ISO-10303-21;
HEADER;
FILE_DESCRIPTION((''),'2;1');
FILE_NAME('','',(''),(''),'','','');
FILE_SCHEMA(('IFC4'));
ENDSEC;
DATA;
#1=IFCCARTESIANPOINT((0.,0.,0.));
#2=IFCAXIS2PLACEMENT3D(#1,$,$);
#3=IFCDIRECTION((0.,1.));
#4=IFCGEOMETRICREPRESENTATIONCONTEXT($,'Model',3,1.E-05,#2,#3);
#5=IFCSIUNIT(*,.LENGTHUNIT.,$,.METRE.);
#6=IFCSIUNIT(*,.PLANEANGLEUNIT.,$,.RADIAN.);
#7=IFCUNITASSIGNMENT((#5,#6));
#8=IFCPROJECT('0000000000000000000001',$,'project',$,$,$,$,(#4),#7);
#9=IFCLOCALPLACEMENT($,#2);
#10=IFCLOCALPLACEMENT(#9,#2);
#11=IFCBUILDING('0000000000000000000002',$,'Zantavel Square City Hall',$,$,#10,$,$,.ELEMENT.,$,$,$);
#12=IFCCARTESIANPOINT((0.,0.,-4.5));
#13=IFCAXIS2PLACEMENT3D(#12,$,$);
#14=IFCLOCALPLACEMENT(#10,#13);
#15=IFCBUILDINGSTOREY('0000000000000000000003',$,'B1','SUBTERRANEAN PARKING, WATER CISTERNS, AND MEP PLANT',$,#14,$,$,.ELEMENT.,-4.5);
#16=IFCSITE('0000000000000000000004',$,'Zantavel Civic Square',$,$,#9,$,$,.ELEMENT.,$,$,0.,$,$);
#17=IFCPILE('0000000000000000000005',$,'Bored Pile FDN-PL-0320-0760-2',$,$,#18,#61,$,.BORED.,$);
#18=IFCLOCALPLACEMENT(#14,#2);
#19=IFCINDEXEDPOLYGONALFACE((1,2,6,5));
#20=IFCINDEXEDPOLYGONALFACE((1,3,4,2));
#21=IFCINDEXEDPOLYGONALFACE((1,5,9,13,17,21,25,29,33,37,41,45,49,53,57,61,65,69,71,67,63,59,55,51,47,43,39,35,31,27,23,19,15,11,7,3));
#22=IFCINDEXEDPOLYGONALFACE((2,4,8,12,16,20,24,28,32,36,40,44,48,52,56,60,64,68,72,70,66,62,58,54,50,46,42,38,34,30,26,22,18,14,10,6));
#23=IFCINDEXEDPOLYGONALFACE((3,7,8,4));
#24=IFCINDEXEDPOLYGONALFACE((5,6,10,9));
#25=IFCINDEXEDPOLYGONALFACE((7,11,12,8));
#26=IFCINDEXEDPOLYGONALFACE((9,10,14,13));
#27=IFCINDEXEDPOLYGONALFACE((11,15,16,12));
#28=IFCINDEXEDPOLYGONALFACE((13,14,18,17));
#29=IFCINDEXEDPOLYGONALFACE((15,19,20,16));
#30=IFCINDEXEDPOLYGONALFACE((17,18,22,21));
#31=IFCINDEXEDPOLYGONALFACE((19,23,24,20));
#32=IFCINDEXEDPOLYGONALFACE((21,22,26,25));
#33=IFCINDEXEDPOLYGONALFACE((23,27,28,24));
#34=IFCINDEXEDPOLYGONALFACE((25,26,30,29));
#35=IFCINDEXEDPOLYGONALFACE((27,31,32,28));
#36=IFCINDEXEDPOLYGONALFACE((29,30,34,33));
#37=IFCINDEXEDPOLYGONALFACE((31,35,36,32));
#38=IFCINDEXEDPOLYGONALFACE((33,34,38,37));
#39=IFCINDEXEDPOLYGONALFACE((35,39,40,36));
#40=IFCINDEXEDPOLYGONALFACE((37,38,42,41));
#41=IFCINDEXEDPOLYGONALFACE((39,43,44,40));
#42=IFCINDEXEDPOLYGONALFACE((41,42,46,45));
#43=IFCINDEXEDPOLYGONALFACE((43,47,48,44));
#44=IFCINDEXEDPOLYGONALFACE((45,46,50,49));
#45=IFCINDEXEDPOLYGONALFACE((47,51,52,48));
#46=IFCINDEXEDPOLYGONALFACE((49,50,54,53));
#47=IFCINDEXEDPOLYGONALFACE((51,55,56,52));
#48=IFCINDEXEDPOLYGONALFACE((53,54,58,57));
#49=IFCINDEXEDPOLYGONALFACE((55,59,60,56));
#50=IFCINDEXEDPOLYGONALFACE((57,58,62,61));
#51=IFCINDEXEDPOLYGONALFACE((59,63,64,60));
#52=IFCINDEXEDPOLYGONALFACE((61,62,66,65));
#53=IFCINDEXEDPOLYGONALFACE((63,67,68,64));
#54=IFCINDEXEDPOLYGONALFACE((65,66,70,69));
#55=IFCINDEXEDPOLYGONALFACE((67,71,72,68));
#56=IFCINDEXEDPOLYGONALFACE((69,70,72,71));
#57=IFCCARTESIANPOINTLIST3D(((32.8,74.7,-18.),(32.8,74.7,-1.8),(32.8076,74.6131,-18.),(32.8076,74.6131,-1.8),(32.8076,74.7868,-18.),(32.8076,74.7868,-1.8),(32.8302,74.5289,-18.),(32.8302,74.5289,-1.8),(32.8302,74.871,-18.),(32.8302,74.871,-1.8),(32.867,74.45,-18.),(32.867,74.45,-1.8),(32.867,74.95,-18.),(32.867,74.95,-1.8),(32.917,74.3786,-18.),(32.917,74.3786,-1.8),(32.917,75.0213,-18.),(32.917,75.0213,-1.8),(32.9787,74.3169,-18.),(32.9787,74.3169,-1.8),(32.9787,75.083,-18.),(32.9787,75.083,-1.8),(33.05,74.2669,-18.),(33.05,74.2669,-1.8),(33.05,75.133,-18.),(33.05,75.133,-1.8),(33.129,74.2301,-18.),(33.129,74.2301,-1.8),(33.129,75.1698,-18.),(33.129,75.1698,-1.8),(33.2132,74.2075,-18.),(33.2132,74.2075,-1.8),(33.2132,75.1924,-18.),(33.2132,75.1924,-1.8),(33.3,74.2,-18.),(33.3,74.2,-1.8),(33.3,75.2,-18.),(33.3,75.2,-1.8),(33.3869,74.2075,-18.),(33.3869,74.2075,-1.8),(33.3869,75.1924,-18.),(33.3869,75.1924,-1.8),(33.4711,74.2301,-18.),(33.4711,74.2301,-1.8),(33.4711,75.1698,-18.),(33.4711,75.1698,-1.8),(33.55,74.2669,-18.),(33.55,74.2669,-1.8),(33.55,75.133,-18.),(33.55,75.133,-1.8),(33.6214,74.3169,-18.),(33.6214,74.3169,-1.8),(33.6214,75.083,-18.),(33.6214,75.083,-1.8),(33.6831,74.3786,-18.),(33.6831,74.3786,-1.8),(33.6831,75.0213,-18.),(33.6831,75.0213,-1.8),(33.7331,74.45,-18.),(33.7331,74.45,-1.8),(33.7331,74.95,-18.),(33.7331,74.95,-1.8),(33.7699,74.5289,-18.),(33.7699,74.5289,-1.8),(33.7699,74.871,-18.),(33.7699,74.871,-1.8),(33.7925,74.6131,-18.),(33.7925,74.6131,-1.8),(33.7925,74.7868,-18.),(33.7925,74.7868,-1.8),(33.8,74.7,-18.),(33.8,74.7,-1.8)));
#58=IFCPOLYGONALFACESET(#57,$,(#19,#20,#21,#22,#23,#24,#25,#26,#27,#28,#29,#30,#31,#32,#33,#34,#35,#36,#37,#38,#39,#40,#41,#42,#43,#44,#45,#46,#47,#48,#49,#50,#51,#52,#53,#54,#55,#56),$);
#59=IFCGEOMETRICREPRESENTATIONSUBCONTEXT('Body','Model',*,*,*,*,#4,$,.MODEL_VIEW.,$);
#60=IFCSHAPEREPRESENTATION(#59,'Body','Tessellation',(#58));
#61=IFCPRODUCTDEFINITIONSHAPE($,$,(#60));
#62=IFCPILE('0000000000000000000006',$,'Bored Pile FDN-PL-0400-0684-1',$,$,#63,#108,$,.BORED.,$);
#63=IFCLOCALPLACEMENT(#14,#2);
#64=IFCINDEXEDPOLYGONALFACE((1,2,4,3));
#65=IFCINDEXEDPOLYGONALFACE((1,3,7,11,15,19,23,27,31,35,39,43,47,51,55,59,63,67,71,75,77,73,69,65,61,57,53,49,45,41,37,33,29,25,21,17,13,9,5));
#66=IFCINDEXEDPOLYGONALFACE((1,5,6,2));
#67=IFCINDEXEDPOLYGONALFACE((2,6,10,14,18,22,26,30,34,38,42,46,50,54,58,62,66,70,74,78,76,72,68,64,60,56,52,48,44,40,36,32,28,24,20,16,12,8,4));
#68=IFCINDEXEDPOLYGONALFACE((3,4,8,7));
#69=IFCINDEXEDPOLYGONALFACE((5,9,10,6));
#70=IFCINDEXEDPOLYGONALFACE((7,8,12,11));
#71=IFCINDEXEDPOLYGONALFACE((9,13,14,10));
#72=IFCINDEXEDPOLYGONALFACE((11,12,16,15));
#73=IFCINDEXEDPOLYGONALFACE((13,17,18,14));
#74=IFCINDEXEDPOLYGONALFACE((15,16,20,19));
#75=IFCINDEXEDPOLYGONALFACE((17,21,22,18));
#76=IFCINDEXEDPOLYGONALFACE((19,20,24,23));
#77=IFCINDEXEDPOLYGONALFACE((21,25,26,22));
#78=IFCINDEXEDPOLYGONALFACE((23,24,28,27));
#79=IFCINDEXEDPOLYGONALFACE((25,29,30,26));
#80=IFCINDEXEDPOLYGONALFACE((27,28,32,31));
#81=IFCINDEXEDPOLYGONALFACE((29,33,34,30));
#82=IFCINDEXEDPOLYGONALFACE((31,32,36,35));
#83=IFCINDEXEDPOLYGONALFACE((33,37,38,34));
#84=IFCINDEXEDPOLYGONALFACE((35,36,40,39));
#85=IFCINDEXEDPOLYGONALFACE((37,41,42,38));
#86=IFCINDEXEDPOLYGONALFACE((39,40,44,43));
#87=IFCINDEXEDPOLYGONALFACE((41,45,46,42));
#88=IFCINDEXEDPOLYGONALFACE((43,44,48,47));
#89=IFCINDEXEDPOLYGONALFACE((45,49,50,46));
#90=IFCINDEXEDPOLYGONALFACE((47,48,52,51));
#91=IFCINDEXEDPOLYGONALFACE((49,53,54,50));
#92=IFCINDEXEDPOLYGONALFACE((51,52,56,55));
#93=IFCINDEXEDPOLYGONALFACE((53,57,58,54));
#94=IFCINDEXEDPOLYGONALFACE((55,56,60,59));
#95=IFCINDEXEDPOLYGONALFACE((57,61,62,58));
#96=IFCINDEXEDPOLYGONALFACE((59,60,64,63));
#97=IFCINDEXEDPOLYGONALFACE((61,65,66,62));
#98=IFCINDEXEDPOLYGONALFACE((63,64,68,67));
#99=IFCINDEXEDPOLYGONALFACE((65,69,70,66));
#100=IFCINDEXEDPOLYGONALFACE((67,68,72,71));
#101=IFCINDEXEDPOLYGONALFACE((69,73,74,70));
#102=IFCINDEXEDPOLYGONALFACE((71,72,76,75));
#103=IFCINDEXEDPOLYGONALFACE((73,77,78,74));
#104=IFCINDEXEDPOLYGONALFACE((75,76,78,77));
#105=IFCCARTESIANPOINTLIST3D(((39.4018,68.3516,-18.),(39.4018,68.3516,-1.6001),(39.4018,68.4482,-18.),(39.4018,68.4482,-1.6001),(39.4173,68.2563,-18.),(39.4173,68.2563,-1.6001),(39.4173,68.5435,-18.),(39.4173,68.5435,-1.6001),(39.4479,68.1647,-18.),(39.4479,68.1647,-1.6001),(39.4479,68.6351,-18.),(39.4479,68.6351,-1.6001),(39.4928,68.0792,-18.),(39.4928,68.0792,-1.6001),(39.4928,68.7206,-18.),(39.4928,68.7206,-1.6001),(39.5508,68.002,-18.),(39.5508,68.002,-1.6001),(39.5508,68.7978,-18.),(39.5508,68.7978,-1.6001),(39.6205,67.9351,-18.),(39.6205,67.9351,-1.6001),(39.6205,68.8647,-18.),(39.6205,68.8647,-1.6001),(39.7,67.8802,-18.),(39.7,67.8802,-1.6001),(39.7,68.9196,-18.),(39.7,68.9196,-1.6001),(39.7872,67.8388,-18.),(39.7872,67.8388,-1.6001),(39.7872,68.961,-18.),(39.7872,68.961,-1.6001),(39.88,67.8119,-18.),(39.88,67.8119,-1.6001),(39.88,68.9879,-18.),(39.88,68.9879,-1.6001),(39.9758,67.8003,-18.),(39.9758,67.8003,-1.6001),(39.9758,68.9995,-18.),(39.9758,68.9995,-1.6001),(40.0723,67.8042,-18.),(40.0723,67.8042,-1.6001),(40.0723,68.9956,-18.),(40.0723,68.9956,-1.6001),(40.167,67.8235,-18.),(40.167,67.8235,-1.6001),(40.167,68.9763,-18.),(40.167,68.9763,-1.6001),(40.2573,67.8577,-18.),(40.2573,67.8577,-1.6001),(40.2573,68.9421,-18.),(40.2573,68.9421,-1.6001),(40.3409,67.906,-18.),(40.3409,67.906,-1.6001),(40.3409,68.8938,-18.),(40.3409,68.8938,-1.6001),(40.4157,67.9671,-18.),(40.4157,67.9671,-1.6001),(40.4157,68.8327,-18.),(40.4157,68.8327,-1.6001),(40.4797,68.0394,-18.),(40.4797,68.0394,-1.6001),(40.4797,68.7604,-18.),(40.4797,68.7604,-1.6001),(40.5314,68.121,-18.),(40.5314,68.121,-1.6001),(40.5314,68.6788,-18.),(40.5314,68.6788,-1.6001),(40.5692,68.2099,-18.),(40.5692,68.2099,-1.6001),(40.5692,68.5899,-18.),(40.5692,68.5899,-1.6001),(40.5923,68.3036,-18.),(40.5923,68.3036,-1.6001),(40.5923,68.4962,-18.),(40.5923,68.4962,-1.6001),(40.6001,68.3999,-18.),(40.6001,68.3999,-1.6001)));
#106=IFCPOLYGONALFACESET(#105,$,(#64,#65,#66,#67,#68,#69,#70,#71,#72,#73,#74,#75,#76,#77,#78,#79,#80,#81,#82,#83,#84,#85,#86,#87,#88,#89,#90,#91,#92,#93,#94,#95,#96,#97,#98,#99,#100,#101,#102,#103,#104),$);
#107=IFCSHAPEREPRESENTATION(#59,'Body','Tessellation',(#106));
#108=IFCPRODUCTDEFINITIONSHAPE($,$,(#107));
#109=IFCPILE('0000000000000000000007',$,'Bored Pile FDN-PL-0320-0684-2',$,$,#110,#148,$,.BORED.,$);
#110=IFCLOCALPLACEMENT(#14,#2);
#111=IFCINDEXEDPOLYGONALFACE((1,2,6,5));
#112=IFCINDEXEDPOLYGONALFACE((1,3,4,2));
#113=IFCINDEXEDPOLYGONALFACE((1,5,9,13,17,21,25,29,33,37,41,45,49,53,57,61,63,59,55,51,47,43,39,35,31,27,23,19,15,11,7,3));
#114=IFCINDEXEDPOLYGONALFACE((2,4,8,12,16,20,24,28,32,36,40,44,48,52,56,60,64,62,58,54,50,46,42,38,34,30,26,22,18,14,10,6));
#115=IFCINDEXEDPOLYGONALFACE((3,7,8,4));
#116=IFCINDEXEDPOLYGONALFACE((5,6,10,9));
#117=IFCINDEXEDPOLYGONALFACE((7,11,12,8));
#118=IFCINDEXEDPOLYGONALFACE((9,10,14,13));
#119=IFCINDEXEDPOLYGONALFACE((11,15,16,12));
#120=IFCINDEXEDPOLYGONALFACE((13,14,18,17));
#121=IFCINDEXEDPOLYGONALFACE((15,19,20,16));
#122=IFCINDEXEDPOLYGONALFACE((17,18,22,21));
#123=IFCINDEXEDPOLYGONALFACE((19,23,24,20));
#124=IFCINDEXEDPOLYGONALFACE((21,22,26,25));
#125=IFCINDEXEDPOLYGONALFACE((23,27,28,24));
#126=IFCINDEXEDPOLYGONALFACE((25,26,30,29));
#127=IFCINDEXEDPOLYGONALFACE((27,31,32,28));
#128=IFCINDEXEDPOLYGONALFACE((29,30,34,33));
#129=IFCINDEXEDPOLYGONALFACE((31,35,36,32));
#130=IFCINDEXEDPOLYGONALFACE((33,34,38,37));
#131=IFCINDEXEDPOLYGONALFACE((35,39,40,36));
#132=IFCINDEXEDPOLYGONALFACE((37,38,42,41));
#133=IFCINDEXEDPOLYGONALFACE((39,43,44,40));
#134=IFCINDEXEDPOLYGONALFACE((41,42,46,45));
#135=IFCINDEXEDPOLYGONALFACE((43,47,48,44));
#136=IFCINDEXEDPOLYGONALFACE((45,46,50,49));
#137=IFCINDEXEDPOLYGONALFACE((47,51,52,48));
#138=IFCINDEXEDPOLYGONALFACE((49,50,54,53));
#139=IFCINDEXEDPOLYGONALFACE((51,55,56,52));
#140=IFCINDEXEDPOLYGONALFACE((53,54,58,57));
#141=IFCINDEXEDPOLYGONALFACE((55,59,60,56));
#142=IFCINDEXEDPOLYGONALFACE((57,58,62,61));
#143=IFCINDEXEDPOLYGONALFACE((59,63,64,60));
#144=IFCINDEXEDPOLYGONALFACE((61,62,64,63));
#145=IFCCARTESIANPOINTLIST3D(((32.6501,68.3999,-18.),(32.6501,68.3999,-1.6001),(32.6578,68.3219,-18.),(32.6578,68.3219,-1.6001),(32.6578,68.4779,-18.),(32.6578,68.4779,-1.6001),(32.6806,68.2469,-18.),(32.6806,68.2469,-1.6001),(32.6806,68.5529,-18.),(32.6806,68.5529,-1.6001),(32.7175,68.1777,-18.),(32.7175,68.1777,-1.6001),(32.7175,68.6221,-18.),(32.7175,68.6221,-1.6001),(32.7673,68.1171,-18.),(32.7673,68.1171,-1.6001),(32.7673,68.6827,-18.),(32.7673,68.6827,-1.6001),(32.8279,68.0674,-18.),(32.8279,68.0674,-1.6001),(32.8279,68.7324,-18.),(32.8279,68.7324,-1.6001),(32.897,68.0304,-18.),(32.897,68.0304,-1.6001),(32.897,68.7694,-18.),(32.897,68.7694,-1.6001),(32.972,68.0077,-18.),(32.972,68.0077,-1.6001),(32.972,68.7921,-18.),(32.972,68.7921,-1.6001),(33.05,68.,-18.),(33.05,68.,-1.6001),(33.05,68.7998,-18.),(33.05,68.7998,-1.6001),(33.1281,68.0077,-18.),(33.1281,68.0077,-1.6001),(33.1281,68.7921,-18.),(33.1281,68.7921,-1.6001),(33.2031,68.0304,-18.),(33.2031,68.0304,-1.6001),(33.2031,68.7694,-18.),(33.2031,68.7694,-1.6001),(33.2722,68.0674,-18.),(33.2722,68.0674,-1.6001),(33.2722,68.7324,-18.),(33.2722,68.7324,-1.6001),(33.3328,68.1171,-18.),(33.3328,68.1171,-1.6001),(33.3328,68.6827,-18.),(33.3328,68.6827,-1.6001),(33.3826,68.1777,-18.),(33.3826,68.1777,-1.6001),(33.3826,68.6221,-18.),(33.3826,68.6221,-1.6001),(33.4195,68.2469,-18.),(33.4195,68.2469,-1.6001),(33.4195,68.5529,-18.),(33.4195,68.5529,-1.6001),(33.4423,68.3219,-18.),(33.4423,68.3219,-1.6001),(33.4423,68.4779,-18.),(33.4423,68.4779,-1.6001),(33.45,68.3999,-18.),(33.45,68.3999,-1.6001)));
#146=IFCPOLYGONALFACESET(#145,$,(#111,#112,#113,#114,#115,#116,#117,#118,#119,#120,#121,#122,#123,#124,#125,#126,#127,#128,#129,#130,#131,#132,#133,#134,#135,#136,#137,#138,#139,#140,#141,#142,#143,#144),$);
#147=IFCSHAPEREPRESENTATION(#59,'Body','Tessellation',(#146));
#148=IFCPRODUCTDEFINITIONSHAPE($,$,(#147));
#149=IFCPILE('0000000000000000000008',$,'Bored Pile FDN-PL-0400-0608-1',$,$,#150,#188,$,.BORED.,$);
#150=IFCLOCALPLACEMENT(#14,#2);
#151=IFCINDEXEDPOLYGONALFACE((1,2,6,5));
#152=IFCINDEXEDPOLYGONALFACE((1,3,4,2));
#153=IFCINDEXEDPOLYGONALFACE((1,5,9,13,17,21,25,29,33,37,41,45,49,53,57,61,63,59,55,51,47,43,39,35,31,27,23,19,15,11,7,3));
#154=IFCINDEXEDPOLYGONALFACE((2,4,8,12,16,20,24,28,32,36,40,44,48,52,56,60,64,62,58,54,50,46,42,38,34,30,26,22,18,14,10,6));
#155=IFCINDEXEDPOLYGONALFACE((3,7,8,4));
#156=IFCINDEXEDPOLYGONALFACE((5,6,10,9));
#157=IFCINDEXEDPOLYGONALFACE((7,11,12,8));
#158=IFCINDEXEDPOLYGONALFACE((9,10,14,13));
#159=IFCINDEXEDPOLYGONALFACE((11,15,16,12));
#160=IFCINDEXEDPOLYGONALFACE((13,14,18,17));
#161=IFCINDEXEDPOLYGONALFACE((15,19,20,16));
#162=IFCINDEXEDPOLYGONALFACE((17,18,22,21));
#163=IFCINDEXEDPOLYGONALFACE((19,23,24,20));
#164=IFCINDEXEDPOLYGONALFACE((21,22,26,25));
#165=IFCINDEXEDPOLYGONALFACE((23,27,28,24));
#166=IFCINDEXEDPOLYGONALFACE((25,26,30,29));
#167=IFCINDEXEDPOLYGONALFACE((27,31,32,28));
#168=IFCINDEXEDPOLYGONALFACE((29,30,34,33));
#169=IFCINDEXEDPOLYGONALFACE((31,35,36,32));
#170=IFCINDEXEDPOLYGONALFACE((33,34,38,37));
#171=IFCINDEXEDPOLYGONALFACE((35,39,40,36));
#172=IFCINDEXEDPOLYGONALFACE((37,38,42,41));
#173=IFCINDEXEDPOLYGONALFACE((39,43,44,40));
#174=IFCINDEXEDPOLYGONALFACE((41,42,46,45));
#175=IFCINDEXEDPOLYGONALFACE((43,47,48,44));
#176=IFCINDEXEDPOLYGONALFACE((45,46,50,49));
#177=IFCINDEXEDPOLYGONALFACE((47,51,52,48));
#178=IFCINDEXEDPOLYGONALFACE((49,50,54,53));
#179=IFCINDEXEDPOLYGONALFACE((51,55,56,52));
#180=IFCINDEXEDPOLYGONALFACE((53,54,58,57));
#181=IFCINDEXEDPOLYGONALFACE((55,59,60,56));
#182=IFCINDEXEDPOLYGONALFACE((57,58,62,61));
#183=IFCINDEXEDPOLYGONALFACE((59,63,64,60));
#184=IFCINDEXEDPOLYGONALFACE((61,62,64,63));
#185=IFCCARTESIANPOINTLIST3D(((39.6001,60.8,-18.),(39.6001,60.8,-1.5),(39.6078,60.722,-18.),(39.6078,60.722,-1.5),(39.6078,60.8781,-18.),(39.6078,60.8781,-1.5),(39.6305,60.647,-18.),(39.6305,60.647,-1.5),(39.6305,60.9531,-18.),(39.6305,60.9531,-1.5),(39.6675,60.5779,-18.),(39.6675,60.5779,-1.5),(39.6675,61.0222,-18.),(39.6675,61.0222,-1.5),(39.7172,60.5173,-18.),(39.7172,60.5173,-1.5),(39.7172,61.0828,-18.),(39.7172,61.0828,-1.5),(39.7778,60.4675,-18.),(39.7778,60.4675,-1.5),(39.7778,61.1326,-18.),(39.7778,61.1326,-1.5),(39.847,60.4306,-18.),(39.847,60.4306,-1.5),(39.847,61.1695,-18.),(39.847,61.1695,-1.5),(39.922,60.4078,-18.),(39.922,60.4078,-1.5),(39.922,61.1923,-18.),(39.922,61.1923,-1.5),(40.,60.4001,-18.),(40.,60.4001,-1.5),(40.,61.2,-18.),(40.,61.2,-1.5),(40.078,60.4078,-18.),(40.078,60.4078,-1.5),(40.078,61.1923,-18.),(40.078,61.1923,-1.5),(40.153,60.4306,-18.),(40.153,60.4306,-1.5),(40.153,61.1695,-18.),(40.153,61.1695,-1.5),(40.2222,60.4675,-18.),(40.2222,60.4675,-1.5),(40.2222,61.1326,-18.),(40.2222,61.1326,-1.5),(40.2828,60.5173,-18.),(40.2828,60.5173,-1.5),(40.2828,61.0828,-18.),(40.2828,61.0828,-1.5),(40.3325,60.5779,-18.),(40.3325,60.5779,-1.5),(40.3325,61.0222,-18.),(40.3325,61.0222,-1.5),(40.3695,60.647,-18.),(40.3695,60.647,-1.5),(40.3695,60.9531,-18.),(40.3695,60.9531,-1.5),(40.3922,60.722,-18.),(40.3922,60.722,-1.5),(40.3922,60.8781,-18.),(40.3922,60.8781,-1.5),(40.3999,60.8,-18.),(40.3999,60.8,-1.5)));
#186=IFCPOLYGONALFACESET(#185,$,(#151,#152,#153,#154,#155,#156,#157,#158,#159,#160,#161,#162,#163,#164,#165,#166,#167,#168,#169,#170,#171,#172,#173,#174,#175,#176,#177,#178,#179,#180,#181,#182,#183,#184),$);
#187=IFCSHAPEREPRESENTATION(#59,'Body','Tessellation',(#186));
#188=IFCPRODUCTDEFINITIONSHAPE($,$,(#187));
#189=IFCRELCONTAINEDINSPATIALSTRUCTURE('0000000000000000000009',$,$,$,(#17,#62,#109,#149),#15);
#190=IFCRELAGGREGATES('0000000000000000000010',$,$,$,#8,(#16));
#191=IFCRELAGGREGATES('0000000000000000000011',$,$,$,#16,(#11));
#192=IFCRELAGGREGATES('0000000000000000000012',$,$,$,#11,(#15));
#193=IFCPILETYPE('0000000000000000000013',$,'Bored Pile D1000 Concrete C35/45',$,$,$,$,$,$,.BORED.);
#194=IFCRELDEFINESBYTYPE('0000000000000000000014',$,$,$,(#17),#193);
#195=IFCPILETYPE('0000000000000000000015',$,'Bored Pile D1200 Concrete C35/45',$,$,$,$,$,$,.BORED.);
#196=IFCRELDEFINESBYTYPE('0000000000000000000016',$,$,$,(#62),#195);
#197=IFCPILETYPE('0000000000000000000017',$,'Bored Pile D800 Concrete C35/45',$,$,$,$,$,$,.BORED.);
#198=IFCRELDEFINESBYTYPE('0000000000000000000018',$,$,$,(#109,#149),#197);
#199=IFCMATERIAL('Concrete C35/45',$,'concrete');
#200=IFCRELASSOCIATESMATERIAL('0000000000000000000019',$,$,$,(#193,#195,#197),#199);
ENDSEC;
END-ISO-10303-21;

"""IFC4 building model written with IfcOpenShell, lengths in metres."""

from ifc_helpers import new_model, si_unit, direction, frame, origin, origin_2d, place, context, subcontext, project, spatial, circle, extrude, material, material_profile, profile_set, type_object, element, save


model = new_model("IFC4")

# Units and contexts
model_context = context("Model", 3, precision=1e-05, world=origin(), true_north=direction((0.0, 1.0)))
body_context = subcontext(model_context, "Body", "Model", "MODEL_VIEW")
ifc_project = project(units=[si_unit("LENGTHUNIT", "METRE"), si_unit("PLANEANGLEUNIT", "RADIAN")], contexts=[model_context])

# Site, building, storey
site_placement = place(None, origin())
site = spatial("IfcSite", under=ifc_project, at=site_placement, Name="Zantavel Civic Square", CompositionType="ELEMENT", RefElevation=0.0)
building_placement = place(site_placement, origin())
building = spatial("IfcBuilding", under=site, at=building_placement, Name="Zantavel Square City Hall", CompositionType="ELEMENT")
storey_placement = place(building_placement, frame((0.0, 0.0, -4.5)))
storey = spatial("IfcBuildingStorey", under=building, at=storey_placement, Name="B1", Description="SUBTERRANEAN PARKING, WATER CISTERNS, AND MEP PLANT", CompositionType="ELEMENT", Elevation=-4.5)

# Piles
ifc_material_1 = material(Name="Concrete C35/45", Category="concrete")
ifc_material_profile_1 = material_profile(ifc_material_1, circle(Radius=0.5, at=origin_2d()), Name="PILE D1000")
ifc_profile_set_1 = profile_set([ifc_material_profile_1], Name="Concrete C35/45")
pile_type_1 = type_object("IfcPileType", Name="Bored Pile D1000 Concrete C35/45", PredefinedType="BORED", material=ifc_profile_set_1)
pile_1_placement = place(storey_placement, frame((33.3, 74.7, -1.8), z_axis=(0.0, 0.0, -1.0), x_axis=(1.0, 0.0, 0.0)))
element("IfcPile", 1, at=pile_1_placement, inside=storey, type_object=pile_type_1, Name="Bored Pile FDN-PL-0320-0760-2", PredefinedType="BORED", context=body_context, shape_type="SweptSolid", body=[
    extrude(circle(Radius=0.5, at=origin_2d()), origin(), (0.0, 0.0, 1.0), 16.2),
])
ifc_material_profile_2 = material_profile(ifc_material_1, circle(Radius=0.6001, at=origin_2d()), Name="PILE D1200")
ifc_profile_set_2 = profile_set([ifc_material_profile_2], Name="Concrete C35/45")
pile_type_2 = type_object("IfcPileType", Name="Bored Pile D1200 Concrete C35/45", PredefinedType="BORED", material=ifc_profile_set_2)
pile_2_placement = place(storey_placement, frame((40.0, 68.3999, -1.6001), z_axis=(0.0, 0.0, -1.0), x_axis=(1.0, 0.0, 0.0)))
element("IfcPile", 2, at=pile_2_placement, inside=storey, type_object=pile_type_2, Name="Bored Pile FDN-PL-0400-0684-1", PredefinedType="BORED", context=body_context, shape_type="SweptSolid", body=[
    extrude(circle(Radius=0.6001, at=origin_2d()), origin(), (0.0, 0.0, 1.0), 16.3999),
])
ifc_material_profile_3 = material_profile(ifc_material_1, circle(Radius=0.3999, at=origin_2d()), Name="PILE D800")
ifc_profile_set_3 = profile_set([ifc_material_profile_3], Name="Concrete C35/45")
pile_type_3 = type_object("IfcPileType", Name="Bored Pile D800 Concrete C35/45", PredefinedType="BORED", material=ifc_profile_set_3)
pile_3_placement = place(storey_placement, frame((33.05, 68.3999, -1.6001), z_axis=(0.0, 0.0, -1.0), x_axis=(1.0, 0.0, 0.0)))
element("IfcPile", 3, at=pile_3_placement, inside=storey, type_object=pile_type_3, Name="Bored Pile FDN-PL-0320-0684-2", PredefinedType="BORED", context=body_context, shape_type="SweptSolid", body=[
    extrude(circle(Radius=0.3999, at=origin_2d()), origin(), (0.0, 0.0, 1.0), 16.3999),
])
pile_4_placement = place(storey_placement, frame((40.0, 60.8, -1.5), z_axis=(0.0, 0.0, -1.0), x_axis=(1.0, 0.0, 0.0)))
element("IfcPile", 4, at=pile_4_placement, inside=storey, type_object=pile_type_3, Name="Bored Pile FDN-PL-0400-0608-1", PredefinedType="BORED", context=body_context, shape_type="SweptSolid", body=[
    extrude(circle(Radius=0.3999, at=origin_2d()), origin(), (0.0, 0.0, 1.0), 16.5),
])

save(model, "model.ifc")
